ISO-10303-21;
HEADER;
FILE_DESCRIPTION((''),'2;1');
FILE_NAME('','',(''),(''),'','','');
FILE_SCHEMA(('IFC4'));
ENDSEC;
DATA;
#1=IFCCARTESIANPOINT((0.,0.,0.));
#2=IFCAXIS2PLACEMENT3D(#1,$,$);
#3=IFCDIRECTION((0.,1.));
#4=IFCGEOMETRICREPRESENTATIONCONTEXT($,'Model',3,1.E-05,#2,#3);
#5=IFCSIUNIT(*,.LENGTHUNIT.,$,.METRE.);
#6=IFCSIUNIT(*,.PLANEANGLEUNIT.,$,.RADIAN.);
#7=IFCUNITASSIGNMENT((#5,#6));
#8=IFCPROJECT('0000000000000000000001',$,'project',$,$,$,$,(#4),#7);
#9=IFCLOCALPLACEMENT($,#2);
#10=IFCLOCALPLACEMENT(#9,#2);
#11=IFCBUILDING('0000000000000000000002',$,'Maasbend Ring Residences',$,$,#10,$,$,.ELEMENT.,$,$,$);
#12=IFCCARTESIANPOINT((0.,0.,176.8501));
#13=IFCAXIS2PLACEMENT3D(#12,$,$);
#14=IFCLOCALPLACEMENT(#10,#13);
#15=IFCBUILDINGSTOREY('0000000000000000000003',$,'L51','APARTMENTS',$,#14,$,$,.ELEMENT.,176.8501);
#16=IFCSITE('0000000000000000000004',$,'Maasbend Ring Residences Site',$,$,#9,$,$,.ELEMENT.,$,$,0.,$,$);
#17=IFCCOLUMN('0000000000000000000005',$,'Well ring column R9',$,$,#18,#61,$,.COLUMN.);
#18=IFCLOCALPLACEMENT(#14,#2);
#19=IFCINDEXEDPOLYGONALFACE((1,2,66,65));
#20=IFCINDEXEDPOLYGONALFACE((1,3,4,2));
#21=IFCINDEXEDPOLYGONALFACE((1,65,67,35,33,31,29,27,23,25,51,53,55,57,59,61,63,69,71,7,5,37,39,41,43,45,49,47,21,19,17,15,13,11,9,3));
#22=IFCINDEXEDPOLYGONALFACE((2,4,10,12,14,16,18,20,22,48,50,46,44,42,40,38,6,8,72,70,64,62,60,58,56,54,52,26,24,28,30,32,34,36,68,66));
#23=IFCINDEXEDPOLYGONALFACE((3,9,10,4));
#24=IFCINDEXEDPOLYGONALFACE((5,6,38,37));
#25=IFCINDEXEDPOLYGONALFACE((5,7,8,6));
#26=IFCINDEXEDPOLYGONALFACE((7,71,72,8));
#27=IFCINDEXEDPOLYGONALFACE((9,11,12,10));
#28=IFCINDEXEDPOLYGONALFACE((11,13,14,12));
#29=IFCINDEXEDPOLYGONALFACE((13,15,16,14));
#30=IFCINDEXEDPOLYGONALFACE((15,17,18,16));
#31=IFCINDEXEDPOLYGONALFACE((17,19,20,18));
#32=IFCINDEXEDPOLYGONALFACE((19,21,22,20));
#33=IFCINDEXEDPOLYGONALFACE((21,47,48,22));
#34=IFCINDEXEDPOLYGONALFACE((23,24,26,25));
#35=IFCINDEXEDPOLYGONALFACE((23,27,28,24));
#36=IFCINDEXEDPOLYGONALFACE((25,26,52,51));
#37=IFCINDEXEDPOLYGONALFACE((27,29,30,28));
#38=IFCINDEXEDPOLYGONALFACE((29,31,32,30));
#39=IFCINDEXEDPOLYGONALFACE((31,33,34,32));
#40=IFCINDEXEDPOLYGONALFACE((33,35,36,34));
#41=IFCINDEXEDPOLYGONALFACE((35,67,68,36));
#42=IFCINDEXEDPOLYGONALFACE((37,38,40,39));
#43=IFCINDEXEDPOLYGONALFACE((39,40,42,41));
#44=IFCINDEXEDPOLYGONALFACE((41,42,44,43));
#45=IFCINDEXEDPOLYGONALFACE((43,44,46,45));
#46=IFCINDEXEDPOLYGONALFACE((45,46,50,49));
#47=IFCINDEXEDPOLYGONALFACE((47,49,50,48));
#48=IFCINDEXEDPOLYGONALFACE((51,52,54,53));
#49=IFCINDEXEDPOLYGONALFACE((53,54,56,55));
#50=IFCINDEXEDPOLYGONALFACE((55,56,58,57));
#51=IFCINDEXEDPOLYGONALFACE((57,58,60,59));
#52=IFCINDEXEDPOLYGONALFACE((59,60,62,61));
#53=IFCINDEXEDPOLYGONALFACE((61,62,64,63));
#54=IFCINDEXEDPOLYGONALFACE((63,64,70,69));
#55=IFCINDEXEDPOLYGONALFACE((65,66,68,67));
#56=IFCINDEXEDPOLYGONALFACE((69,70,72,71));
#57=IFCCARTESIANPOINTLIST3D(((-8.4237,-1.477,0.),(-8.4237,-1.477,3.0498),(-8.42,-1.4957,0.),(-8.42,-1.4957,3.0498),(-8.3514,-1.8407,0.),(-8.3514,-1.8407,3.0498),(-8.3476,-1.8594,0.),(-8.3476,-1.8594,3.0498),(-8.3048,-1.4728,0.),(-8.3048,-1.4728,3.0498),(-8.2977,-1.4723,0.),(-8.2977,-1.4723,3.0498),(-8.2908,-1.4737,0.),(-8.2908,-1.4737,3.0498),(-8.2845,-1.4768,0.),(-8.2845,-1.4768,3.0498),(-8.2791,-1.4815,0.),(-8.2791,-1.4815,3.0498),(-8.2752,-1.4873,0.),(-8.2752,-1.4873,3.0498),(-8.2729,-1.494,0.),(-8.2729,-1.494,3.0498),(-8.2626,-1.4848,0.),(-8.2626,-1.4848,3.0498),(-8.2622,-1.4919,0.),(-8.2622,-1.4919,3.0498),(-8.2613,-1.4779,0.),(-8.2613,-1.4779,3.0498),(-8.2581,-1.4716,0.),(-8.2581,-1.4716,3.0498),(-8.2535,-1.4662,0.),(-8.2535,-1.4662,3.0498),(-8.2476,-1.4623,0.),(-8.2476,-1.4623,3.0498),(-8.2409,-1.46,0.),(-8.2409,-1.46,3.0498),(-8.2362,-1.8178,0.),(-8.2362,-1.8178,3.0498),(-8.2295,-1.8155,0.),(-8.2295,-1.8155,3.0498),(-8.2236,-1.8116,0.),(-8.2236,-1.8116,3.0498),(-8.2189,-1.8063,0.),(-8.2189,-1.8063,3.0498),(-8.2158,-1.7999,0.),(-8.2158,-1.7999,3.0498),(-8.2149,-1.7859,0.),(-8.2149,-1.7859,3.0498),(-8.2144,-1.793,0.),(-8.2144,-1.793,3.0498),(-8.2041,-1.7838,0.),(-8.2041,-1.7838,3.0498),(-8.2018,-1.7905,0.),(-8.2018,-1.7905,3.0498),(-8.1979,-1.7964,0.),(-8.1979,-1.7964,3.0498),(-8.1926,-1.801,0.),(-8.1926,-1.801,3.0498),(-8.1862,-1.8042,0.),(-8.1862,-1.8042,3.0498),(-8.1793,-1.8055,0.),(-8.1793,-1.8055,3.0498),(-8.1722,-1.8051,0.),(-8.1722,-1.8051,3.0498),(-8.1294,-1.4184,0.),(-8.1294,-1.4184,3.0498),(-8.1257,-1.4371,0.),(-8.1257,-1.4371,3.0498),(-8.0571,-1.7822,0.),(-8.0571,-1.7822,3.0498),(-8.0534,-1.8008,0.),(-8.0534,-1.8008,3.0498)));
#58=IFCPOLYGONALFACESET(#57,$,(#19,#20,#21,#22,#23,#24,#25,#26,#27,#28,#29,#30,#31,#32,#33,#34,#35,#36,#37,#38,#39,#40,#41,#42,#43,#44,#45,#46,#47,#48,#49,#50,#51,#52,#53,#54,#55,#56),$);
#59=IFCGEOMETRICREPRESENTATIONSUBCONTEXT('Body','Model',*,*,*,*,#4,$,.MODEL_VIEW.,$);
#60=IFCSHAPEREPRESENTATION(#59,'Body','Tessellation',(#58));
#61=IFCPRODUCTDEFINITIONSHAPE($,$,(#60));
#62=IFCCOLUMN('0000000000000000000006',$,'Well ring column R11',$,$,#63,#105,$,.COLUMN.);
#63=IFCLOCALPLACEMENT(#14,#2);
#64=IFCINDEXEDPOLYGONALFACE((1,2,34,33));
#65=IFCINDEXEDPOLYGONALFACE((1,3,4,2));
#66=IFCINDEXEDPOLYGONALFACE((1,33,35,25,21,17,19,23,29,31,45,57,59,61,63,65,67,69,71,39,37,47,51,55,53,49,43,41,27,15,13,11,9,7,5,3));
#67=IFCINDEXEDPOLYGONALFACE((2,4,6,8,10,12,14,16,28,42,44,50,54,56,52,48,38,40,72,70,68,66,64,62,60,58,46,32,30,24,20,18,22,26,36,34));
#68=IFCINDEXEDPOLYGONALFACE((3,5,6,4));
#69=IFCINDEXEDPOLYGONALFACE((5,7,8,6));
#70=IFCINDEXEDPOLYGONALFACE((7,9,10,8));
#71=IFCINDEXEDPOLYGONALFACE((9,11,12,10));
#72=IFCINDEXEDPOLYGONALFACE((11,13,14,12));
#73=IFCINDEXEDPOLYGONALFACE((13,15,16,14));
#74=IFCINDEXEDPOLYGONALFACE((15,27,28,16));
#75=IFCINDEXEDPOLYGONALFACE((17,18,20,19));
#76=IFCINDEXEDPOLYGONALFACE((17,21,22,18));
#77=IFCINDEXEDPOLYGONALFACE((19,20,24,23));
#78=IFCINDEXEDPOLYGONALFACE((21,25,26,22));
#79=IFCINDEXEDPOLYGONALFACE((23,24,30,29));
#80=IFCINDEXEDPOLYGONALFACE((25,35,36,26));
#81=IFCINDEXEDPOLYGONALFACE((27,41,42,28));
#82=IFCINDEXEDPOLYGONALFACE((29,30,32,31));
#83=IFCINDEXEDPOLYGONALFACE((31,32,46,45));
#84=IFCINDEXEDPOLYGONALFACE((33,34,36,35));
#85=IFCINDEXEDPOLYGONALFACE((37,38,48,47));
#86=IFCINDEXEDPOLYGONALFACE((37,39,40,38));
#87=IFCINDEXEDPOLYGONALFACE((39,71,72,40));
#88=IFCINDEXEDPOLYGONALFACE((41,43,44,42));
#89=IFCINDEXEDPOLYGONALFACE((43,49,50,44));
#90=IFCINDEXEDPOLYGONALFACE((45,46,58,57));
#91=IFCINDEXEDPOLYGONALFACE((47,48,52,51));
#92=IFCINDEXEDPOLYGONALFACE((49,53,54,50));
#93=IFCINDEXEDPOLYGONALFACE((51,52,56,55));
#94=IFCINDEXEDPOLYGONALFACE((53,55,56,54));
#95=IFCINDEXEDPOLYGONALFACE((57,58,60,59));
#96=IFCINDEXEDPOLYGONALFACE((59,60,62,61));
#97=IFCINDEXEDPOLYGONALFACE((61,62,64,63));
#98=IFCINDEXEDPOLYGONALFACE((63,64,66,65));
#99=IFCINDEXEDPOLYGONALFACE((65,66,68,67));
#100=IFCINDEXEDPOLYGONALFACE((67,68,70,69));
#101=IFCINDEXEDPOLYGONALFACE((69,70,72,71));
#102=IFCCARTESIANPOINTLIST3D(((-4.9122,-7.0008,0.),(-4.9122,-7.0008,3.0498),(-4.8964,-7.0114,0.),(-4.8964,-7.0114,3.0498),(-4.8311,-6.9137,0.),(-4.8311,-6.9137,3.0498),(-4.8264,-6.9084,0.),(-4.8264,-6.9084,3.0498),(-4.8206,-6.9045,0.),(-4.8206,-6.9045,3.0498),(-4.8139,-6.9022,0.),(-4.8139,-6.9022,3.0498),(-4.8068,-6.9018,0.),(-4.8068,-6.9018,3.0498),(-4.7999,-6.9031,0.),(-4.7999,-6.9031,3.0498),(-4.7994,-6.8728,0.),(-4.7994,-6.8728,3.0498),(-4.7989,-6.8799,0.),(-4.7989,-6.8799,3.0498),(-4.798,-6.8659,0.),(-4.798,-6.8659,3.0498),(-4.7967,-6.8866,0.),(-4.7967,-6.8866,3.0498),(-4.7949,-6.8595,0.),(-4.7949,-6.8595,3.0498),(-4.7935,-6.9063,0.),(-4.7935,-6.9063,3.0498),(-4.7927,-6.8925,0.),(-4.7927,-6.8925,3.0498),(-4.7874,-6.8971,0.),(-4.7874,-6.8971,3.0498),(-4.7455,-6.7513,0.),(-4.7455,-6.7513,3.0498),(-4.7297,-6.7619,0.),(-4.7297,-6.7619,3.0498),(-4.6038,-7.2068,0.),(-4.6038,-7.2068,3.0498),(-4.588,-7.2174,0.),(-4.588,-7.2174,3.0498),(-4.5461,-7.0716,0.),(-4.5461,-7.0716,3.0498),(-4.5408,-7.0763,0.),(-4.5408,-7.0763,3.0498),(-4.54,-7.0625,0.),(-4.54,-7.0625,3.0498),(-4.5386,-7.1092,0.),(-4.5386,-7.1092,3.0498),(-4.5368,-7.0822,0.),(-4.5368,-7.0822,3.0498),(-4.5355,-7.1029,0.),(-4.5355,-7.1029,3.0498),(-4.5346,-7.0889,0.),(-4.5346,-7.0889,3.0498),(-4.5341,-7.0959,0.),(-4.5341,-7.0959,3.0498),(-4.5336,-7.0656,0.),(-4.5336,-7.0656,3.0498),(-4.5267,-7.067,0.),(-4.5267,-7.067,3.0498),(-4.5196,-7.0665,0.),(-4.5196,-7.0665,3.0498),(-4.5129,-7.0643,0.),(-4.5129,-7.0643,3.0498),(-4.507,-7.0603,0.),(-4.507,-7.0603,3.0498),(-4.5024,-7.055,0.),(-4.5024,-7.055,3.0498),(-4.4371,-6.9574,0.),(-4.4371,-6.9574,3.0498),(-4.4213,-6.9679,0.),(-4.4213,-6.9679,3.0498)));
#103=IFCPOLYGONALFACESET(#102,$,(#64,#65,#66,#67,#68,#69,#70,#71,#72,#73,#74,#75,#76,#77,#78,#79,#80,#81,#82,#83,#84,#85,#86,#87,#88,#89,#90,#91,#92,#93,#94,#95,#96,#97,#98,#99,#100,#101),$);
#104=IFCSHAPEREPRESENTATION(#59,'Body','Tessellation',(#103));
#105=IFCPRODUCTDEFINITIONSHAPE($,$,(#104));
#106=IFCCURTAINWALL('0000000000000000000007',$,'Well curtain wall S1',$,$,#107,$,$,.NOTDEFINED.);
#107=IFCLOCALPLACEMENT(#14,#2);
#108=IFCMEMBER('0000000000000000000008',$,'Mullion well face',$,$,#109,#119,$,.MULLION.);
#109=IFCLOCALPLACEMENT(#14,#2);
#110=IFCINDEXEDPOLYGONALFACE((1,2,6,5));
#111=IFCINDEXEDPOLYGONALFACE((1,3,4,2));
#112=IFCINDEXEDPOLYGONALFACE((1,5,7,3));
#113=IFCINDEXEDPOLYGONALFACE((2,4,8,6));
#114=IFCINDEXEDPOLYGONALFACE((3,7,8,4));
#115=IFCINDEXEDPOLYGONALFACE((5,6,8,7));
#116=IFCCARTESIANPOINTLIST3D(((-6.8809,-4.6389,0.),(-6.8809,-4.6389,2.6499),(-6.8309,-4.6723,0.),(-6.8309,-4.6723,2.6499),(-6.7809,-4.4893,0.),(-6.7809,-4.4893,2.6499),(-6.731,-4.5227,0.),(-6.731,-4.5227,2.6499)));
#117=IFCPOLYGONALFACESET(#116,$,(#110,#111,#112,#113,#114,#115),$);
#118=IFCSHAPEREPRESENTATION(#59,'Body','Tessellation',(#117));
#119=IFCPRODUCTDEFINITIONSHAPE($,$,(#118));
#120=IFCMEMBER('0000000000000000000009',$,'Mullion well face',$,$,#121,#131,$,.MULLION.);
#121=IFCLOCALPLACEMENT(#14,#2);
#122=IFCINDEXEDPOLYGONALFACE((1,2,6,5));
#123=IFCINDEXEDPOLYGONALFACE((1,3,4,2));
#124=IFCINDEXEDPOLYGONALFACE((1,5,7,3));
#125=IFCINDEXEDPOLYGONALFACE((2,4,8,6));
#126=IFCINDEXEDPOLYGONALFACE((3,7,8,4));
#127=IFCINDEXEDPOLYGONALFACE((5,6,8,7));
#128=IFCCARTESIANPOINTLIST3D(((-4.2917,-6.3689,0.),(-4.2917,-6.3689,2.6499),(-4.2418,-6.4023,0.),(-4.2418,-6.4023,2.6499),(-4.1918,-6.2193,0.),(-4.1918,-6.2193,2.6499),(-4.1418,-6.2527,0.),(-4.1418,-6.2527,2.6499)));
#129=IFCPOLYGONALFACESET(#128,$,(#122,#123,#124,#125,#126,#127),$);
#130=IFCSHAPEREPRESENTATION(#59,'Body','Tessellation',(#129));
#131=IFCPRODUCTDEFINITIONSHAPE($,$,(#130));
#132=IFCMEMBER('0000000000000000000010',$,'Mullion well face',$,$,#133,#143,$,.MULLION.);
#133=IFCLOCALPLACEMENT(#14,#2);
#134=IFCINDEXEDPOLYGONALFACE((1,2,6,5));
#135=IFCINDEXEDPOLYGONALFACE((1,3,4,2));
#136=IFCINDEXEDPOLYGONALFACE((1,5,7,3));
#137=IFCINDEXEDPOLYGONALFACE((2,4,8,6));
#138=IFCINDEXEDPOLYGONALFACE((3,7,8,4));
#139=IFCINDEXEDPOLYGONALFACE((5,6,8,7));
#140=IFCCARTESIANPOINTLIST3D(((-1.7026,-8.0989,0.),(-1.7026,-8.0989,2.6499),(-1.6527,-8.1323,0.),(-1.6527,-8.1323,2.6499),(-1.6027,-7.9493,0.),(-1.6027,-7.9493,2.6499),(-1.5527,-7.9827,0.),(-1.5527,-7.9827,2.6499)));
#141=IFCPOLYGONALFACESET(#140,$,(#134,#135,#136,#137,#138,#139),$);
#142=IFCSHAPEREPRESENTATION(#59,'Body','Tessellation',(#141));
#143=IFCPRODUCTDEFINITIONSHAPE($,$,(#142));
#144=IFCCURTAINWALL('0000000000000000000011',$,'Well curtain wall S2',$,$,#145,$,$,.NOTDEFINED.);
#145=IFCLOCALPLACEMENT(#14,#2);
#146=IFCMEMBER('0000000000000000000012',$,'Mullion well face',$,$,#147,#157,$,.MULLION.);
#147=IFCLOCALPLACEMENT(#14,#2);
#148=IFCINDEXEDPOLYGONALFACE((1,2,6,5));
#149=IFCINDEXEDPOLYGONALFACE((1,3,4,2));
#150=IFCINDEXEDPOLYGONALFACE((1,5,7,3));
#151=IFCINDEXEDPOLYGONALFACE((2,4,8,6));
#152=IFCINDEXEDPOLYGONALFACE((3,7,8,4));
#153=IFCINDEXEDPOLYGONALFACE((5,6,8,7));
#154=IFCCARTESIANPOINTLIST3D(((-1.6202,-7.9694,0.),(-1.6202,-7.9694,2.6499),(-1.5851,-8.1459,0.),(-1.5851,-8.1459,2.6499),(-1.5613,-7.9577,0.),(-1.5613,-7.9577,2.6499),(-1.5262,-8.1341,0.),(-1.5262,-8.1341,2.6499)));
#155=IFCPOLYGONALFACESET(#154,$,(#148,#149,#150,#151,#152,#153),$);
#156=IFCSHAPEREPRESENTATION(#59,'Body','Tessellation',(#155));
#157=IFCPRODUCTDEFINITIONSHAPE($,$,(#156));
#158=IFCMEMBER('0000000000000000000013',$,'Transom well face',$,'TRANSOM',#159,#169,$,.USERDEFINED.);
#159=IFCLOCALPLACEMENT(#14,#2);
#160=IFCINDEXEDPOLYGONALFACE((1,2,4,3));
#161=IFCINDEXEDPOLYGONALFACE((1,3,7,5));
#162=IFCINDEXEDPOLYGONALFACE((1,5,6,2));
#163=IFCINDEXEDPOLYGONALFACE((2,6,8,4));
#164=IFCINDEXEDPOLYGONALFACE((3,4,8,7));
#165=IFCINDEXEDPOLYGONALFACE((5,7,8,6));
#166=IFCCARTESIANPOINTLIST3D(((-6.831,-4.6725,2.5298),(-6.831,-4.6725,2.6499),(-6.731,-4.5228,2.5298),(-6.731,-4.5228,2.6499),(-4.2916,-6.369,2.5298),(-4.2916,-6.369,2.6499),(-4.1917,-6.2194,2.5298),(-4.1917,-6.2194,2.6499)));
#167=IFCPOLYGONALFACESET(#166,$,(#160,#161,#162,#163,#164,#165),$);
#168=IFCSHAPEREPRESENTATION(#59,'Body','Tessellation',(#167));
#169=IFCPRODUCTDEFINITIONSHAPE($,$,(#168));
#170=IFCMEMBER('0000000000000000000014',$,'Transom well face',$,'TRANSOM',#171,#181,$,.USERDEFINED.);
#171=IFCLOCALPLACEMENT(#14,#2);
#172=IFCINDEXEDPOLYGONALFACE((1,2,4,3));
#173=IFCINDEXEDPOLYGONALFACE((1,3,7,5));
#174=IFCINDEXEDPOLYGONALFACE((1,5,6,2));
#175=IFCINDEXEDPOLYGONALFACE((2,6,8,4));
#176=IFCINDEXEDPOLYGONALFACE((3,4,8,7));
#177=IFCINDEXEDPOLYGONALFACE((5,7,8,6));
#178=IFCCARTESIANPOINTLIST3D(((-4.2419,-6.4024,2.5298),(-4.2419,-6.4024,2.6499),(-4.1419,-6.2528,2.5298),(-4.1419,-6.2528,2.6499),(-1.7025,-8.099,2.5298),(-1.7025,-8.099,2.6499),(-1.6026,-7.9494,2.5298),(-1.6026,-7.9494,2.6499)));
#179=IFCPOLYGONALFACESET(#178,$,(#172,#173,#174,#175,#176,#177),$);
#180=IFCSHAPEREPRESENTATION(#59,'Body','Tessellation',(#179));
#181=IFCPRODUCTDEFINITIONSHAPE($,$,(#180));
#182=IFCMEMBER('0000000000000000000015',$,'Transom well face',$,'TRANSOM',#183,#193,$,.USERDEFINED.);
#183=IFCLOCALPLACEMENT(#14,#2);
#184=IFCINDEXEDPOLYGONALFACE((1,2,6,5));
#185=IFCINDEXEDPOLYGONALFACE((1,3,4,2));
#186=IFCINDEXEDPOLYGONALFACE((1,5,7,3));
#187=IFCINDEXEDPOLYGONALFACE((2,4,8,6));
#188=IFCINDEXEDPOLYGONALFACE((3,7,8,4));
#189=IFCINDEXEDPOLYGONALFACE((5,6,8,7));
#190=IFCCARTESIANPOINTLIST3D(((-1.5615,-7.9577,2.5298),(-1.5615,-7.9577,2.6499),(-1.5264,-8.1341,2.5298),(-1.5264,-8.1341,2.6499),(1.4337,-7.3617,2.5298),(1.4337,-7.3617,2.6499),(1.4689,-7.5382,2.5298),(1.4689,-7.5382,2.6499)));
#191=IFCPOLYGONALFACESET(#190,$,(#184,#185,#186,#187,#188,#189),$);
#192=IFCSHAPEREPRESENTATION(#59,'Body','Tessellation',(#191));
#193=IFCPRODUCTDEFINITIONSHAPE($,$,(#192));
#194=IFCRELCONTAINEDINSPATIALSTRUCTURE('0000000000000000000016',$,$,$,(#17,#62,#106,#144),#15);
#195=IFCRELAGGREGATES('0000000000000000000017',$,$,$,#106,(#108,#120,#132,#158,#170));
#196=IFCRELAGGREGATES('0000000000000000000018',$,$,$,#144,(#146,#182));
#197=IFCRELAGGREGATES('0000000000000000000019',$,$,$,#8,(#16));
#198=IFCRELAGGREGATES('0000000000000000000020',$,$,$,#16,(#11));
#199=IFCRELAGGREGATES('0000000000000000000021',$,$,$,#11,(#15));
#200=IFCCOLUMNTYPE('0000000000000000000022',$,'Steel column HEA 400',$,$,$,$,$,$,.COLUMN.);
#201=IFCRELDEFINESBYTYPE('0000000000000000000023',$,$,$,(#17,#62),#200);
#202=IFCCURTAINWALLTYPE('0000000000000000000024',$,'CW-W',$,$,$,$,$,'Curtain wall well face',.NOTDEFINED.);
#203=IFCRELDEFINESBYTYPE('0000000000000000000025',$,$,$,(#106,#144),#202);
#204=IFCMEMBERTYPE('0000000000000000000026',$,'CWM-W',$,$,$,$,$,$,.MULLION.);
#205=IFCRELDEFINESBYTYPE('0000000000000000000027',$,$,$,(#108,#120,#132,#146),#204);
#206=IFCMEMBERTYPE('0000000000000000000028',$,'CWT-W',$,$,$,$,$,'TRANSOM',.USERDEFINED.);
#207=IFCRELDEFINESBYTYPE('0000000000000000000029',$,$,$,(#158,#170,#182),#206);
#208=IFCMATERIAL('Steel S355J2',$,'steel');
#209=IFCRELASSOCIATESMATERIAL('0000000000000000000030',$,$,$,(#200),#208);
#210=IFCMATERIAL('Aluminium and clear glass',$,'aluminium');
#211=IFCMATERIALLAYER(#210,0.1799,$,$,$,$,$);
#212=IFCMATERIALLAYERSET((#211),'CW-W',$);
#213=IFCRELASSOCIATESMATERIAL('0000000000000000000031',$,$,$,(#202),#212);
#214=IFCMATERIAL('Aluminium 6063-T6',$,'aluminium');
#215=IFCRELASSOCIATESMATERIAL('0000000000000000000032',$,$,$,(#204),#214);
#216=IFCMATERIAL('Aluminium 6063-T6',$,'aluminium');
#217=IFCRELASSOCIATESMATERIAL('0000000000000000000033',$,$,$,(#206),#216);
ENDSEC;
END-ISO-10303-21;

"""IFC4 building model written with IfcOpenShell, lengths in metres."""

from ifc_helpers import new_model, si_unit, direction, frame, origin, origin_2d, place, context, subcontext, project, spatial, rectangle, i_section, extrude, material, layer, layer_set, material_profile, profile_set, type_object, element, aggregate, save


model = new_model("IFC4")

# Units and contexts
model_context = context("Model", 3, precision=1e-05, world=origin(), true_north=direction((0.0, 1.0)))
body_context = subcontext(model_context, "Body", "Model", "MODEL_VIEW")
ifc_project = project(units=[si_unit("LENGTHUNIT", "METRE"), si_unit("PLANEANGLEUNIT", "RADIAN")], contexts=[model_context])

# Site, building, storey
site_placement = place(None, origin())
site = spatial("IfcSite", under=ifc_project, at=site_placement, Name="Maasbend Ring Residences Site", CompositionType="ELEMENT", RefElevation=0.0)
building_placement = place(site_placement, origin())
building = spatial("IfcBuilding", under=site, at=building_placement, Name="Maasbend Ring Residences", CompositionType="ELEMENT")
storey_placement = place(building_placement, frame((0.0, 0.0, 176.8501)))
storey = spatial("IfcBuildingStorey", under=building, at=storey_placement, Name="L51", Description="APARTMENTS", CompositionType="ELEMENT", Elevation=176.8501)

# Columns
ifc_material_1 = material(Name="Steel S355J2", Category="steel")
ifc_material_profile_1 = material_profile(ifc_material_1, i_section(OverallWidth=0.3, OverallDepth=0.3899, WebThickness=0.011, FlangeThickness=0.019, FilletRadius=0.0271, at=origin_2d()), Name="HEA 400")
ifc_profile_set_1 = profile_set([ifc_material_profile_1], Name="Steel S355J2")
column_type = type_object("IfcColumnType", Name="Steel column HEA 400", PredefinedType="COLUMN", material=ifc_profile_set_1)
for number, where, z_axis, x_axis, name in (
    (1, (-8.2385, -1.6389, 0.0), (0.0, 0.0, 1.0), (-0.980785, -0.19509, 0.0), "Well ring column R9"),
    (2, (-4.6667, -6.9844, 0.0), (0.0, 0.0, 1.0), (-0.55557, -0.83147, 0.0), "Well ring column R11"),
):
    element("IfcColumn", number, at=place(storey_placement, frame(where, z_axis=z_axis, x_axis=x_axis)), inside=storey, type_object=column_type, Name=name, PredefinedType="COLUMN", context=body_context, shape_type="SweptSolid", body=[
        extrude(i_section(OverallWidth=0.3, OverallDepth=0.3899, WebThickness=0.011, FlangeThickness=0.019, FilletRadius=0.0271, at=origin_2d()), origin(), (0.0, 0.0, 1.0), 3.0498),
    ])

# Curtain wall, members
ifc_material_2 = material(Name="Aluminium and clear glass", Category="aluminium")
ifc_layer_1 = layer(ifc_material_2, 0.1799)
ifc_layer_set_1 = layer_set([ifc_layer_1], Name="CW-W")
curtain_wall_type = type_object("IfcCurtainWallType", Name="CW-W", ElementType="Curtain wall well face", PredefinedType="NOTDEFINED", material=ifc_layer_set_1)
curtain_wall_1_placement = place(storey_placement, origin())
curtain_wall_1 = element("IfcCurtainWall", 3, at=curtain_wall_1_placement, inside=storey, type_object=curtain_wall_type, Name="Well curtain wall S1", PredefinedType="NOTDEFINED")
ifc_material_3 = material(Name="Aluminium 6063-T6", Category="aluminium")
ifc_material_profile_2 = material_profile(ifc_material_3, rectangle(XDim=0.1799, YDim=0.0601, at=origin_2d()), Name="AL 180x60")
ifc_profile_set_2 = profile_set([ifc_material_profile_2], Name="Aluminium 6063-T6")
member_type_1 = type_object("IfcMemberType", Name="CWM-W", PredefinedType="MULLION", material=ifc_profile_set_2)
member_1_placement = place(storey_placement, frame((-6.8059, -4.5808, 0.0), z_axis=(0.0, 0.0, 1.0), x_axis=(0.55557, 0.83147, 0.0)))
member_1 = element("IfcMember", 4, at=member_1_placement, type_object=member_type_1, Name="Mullion well face", PredefinedType="MULLION", context=body_context, shape_type="SweptSolid", body=[
    extrude(rectangle(XDim=0.1799, YDim=0.0601, at=origin_2d()), origin(), (0.0, 0.0, 1.0), 2.6499),
])
member_2_placement = place(storey_placement, frame((-4.2168, -6.3108, 0.0), z_axis=(0.0, 0.0, 1.0), x_axis=(0.55557, 0.83147, 0.0)))
member_2 = element("IfcMember", 5, at=member_2_placement, type_object=member_type_1, Name="Mullion well face", PredefinedType="MULLION", context=body_context, shape_type="SweptSolid", body=[
    extrude(rectangle(XDim=0.1799, YDim=0.0601, at=origin_2d()), origin(), (0.0, 0.0, 1.0), 2.6499),
])
member_3_placement = place(storey_placement, frame((-1.6277, -8.0408, 0.0), z_axis=(0.0, 0.0, 1.0), x_axis=(0.55557, 0.83147, 0.0)))
member_3 = element("IfcMember", 6, at=member_3_placement, type_object=member_type_1, Name="Mullion well face", PredefinedType="MULLION", context=body_context, shape_type="SweptSolid", body=[
    extrude(rectangle(XDim=0.1799, YDim=0.0601, at=origin_2d()), origin(), (0.0, 0.0, 1.0), 2.6499),
])

# Curtain wall, member
curtain_wall_2_placement = place(storey_placement, origin())
curtain_wall_2 = element("IfcCurtainWall", 7, at=curtain_wall_2_placement, inside=storey, type_object=curtain_wall_type, Name="Well curtain wall S2", PredefinedType="NOTDEFINED")
member_4_placement = place(storey_placement, frame((-1.5732, -8.0518, 0.0), z_axis=(0.0, 0.0, 1.0), x_axis=(-0.19509, 0.980785, 0.0)))
member_4 = element("IfcMember", 8, at=member_4_placement, type_object=member_type_1, Name="Mullion well face", PredefinedType="MULLION", context=body_context, shape_type="SweptSolid", body=[
    extrude(rectangle(XDim=0.1799, YDim=0.0601, at=origin_2d()), origin(), (0.0, 0.0, 1.0), 2.6499),
])

# Members
ifc_material_4 = material(Name="Aluminium 6063-T6", Category="aluminium")
ifc_material_profile_3 = material_profile(ifc_material_4, rectangle(XDim=0.1799, YDim=0.1201, at=origin_2d()), Name="AL 180x120")
ifc_profile_set_3 = profile_set([ifc_material_profile_3], Name="Aluminium 6063-T6")
member_type_2 = type_object("IfcMemberType", Name="CWT-W", ElementType="TRANSOM", PredefinedType="USERDEFINED", material=ifc_profile_set_3)
member_5_placement = place(storey_placement, frame((-6.781, -4.5977, 2.5898), z_axis=(0.831496, -0.55553, 0.0), x_axis=(0.55553, 0.831496, 0.0)))
member_5 = element("IfcMember", 9, at=member_5_placement, type_object=member_type_2, Name="Transom well face", ObjectType="TRANSOM", PredefinedType="USERDEFINED", context=body_context, shape_type="SweptSolid", body=[
    extrude(rectangle(XDim=0.1799, YDim=0.1201, at=origin_2d()), origin(), (0.0, 0.0, 1.0), 3.054),
])
member_6_placement = place(storey_placement, frame((-4.1919, -6.3276, 2.5898), z_axis=(0.831496, -0.55553, 0.0), x_axis=(0.55553, 0.831496, 0.0)))
member_6 = element("IfcMember", 10, at=member_6_placement, type_object=member_type_2, Name="Transom well face", ObjectType="TRANSOM", PredefinedType="USERDEFINED", context=body_context, shape_type="SweptSolid", body=[
    extrude(rectangle(XDim=0.1799, YDim=0.1201, at=origin_2d()), origin(), (0.0, 0.0, 1.0), 3.054),
])
member_7_placement = place(storey_placement, frame((-1.5439, -8.0459, 2.5898), z_axis=(0.980777, 0.195132, 0.0), x_axis=(-0.195132, 0.980777, 0.0)))
member_7 = element("IfcMember", 11, at=member_7_placement, type_object=member_type_2, Name="Transom well face", ObjectType="TRANSOM", PredefinedType="USERDEFINED", context=body_context, shape_type="SweptSolid", body=[
    extrude(rectangle(XDim=0.1799, YDim=0.1201, at=origin_2d()), origin(), (0.0, 0.0, 1.0), 3.054),
])

aggregate(curtain_wall_1, [member_1, member_2, member_3, member_5, member_6])
aggregate(curtain_wall_2, [member_4, member_7])

save(model, "model.ifc")
